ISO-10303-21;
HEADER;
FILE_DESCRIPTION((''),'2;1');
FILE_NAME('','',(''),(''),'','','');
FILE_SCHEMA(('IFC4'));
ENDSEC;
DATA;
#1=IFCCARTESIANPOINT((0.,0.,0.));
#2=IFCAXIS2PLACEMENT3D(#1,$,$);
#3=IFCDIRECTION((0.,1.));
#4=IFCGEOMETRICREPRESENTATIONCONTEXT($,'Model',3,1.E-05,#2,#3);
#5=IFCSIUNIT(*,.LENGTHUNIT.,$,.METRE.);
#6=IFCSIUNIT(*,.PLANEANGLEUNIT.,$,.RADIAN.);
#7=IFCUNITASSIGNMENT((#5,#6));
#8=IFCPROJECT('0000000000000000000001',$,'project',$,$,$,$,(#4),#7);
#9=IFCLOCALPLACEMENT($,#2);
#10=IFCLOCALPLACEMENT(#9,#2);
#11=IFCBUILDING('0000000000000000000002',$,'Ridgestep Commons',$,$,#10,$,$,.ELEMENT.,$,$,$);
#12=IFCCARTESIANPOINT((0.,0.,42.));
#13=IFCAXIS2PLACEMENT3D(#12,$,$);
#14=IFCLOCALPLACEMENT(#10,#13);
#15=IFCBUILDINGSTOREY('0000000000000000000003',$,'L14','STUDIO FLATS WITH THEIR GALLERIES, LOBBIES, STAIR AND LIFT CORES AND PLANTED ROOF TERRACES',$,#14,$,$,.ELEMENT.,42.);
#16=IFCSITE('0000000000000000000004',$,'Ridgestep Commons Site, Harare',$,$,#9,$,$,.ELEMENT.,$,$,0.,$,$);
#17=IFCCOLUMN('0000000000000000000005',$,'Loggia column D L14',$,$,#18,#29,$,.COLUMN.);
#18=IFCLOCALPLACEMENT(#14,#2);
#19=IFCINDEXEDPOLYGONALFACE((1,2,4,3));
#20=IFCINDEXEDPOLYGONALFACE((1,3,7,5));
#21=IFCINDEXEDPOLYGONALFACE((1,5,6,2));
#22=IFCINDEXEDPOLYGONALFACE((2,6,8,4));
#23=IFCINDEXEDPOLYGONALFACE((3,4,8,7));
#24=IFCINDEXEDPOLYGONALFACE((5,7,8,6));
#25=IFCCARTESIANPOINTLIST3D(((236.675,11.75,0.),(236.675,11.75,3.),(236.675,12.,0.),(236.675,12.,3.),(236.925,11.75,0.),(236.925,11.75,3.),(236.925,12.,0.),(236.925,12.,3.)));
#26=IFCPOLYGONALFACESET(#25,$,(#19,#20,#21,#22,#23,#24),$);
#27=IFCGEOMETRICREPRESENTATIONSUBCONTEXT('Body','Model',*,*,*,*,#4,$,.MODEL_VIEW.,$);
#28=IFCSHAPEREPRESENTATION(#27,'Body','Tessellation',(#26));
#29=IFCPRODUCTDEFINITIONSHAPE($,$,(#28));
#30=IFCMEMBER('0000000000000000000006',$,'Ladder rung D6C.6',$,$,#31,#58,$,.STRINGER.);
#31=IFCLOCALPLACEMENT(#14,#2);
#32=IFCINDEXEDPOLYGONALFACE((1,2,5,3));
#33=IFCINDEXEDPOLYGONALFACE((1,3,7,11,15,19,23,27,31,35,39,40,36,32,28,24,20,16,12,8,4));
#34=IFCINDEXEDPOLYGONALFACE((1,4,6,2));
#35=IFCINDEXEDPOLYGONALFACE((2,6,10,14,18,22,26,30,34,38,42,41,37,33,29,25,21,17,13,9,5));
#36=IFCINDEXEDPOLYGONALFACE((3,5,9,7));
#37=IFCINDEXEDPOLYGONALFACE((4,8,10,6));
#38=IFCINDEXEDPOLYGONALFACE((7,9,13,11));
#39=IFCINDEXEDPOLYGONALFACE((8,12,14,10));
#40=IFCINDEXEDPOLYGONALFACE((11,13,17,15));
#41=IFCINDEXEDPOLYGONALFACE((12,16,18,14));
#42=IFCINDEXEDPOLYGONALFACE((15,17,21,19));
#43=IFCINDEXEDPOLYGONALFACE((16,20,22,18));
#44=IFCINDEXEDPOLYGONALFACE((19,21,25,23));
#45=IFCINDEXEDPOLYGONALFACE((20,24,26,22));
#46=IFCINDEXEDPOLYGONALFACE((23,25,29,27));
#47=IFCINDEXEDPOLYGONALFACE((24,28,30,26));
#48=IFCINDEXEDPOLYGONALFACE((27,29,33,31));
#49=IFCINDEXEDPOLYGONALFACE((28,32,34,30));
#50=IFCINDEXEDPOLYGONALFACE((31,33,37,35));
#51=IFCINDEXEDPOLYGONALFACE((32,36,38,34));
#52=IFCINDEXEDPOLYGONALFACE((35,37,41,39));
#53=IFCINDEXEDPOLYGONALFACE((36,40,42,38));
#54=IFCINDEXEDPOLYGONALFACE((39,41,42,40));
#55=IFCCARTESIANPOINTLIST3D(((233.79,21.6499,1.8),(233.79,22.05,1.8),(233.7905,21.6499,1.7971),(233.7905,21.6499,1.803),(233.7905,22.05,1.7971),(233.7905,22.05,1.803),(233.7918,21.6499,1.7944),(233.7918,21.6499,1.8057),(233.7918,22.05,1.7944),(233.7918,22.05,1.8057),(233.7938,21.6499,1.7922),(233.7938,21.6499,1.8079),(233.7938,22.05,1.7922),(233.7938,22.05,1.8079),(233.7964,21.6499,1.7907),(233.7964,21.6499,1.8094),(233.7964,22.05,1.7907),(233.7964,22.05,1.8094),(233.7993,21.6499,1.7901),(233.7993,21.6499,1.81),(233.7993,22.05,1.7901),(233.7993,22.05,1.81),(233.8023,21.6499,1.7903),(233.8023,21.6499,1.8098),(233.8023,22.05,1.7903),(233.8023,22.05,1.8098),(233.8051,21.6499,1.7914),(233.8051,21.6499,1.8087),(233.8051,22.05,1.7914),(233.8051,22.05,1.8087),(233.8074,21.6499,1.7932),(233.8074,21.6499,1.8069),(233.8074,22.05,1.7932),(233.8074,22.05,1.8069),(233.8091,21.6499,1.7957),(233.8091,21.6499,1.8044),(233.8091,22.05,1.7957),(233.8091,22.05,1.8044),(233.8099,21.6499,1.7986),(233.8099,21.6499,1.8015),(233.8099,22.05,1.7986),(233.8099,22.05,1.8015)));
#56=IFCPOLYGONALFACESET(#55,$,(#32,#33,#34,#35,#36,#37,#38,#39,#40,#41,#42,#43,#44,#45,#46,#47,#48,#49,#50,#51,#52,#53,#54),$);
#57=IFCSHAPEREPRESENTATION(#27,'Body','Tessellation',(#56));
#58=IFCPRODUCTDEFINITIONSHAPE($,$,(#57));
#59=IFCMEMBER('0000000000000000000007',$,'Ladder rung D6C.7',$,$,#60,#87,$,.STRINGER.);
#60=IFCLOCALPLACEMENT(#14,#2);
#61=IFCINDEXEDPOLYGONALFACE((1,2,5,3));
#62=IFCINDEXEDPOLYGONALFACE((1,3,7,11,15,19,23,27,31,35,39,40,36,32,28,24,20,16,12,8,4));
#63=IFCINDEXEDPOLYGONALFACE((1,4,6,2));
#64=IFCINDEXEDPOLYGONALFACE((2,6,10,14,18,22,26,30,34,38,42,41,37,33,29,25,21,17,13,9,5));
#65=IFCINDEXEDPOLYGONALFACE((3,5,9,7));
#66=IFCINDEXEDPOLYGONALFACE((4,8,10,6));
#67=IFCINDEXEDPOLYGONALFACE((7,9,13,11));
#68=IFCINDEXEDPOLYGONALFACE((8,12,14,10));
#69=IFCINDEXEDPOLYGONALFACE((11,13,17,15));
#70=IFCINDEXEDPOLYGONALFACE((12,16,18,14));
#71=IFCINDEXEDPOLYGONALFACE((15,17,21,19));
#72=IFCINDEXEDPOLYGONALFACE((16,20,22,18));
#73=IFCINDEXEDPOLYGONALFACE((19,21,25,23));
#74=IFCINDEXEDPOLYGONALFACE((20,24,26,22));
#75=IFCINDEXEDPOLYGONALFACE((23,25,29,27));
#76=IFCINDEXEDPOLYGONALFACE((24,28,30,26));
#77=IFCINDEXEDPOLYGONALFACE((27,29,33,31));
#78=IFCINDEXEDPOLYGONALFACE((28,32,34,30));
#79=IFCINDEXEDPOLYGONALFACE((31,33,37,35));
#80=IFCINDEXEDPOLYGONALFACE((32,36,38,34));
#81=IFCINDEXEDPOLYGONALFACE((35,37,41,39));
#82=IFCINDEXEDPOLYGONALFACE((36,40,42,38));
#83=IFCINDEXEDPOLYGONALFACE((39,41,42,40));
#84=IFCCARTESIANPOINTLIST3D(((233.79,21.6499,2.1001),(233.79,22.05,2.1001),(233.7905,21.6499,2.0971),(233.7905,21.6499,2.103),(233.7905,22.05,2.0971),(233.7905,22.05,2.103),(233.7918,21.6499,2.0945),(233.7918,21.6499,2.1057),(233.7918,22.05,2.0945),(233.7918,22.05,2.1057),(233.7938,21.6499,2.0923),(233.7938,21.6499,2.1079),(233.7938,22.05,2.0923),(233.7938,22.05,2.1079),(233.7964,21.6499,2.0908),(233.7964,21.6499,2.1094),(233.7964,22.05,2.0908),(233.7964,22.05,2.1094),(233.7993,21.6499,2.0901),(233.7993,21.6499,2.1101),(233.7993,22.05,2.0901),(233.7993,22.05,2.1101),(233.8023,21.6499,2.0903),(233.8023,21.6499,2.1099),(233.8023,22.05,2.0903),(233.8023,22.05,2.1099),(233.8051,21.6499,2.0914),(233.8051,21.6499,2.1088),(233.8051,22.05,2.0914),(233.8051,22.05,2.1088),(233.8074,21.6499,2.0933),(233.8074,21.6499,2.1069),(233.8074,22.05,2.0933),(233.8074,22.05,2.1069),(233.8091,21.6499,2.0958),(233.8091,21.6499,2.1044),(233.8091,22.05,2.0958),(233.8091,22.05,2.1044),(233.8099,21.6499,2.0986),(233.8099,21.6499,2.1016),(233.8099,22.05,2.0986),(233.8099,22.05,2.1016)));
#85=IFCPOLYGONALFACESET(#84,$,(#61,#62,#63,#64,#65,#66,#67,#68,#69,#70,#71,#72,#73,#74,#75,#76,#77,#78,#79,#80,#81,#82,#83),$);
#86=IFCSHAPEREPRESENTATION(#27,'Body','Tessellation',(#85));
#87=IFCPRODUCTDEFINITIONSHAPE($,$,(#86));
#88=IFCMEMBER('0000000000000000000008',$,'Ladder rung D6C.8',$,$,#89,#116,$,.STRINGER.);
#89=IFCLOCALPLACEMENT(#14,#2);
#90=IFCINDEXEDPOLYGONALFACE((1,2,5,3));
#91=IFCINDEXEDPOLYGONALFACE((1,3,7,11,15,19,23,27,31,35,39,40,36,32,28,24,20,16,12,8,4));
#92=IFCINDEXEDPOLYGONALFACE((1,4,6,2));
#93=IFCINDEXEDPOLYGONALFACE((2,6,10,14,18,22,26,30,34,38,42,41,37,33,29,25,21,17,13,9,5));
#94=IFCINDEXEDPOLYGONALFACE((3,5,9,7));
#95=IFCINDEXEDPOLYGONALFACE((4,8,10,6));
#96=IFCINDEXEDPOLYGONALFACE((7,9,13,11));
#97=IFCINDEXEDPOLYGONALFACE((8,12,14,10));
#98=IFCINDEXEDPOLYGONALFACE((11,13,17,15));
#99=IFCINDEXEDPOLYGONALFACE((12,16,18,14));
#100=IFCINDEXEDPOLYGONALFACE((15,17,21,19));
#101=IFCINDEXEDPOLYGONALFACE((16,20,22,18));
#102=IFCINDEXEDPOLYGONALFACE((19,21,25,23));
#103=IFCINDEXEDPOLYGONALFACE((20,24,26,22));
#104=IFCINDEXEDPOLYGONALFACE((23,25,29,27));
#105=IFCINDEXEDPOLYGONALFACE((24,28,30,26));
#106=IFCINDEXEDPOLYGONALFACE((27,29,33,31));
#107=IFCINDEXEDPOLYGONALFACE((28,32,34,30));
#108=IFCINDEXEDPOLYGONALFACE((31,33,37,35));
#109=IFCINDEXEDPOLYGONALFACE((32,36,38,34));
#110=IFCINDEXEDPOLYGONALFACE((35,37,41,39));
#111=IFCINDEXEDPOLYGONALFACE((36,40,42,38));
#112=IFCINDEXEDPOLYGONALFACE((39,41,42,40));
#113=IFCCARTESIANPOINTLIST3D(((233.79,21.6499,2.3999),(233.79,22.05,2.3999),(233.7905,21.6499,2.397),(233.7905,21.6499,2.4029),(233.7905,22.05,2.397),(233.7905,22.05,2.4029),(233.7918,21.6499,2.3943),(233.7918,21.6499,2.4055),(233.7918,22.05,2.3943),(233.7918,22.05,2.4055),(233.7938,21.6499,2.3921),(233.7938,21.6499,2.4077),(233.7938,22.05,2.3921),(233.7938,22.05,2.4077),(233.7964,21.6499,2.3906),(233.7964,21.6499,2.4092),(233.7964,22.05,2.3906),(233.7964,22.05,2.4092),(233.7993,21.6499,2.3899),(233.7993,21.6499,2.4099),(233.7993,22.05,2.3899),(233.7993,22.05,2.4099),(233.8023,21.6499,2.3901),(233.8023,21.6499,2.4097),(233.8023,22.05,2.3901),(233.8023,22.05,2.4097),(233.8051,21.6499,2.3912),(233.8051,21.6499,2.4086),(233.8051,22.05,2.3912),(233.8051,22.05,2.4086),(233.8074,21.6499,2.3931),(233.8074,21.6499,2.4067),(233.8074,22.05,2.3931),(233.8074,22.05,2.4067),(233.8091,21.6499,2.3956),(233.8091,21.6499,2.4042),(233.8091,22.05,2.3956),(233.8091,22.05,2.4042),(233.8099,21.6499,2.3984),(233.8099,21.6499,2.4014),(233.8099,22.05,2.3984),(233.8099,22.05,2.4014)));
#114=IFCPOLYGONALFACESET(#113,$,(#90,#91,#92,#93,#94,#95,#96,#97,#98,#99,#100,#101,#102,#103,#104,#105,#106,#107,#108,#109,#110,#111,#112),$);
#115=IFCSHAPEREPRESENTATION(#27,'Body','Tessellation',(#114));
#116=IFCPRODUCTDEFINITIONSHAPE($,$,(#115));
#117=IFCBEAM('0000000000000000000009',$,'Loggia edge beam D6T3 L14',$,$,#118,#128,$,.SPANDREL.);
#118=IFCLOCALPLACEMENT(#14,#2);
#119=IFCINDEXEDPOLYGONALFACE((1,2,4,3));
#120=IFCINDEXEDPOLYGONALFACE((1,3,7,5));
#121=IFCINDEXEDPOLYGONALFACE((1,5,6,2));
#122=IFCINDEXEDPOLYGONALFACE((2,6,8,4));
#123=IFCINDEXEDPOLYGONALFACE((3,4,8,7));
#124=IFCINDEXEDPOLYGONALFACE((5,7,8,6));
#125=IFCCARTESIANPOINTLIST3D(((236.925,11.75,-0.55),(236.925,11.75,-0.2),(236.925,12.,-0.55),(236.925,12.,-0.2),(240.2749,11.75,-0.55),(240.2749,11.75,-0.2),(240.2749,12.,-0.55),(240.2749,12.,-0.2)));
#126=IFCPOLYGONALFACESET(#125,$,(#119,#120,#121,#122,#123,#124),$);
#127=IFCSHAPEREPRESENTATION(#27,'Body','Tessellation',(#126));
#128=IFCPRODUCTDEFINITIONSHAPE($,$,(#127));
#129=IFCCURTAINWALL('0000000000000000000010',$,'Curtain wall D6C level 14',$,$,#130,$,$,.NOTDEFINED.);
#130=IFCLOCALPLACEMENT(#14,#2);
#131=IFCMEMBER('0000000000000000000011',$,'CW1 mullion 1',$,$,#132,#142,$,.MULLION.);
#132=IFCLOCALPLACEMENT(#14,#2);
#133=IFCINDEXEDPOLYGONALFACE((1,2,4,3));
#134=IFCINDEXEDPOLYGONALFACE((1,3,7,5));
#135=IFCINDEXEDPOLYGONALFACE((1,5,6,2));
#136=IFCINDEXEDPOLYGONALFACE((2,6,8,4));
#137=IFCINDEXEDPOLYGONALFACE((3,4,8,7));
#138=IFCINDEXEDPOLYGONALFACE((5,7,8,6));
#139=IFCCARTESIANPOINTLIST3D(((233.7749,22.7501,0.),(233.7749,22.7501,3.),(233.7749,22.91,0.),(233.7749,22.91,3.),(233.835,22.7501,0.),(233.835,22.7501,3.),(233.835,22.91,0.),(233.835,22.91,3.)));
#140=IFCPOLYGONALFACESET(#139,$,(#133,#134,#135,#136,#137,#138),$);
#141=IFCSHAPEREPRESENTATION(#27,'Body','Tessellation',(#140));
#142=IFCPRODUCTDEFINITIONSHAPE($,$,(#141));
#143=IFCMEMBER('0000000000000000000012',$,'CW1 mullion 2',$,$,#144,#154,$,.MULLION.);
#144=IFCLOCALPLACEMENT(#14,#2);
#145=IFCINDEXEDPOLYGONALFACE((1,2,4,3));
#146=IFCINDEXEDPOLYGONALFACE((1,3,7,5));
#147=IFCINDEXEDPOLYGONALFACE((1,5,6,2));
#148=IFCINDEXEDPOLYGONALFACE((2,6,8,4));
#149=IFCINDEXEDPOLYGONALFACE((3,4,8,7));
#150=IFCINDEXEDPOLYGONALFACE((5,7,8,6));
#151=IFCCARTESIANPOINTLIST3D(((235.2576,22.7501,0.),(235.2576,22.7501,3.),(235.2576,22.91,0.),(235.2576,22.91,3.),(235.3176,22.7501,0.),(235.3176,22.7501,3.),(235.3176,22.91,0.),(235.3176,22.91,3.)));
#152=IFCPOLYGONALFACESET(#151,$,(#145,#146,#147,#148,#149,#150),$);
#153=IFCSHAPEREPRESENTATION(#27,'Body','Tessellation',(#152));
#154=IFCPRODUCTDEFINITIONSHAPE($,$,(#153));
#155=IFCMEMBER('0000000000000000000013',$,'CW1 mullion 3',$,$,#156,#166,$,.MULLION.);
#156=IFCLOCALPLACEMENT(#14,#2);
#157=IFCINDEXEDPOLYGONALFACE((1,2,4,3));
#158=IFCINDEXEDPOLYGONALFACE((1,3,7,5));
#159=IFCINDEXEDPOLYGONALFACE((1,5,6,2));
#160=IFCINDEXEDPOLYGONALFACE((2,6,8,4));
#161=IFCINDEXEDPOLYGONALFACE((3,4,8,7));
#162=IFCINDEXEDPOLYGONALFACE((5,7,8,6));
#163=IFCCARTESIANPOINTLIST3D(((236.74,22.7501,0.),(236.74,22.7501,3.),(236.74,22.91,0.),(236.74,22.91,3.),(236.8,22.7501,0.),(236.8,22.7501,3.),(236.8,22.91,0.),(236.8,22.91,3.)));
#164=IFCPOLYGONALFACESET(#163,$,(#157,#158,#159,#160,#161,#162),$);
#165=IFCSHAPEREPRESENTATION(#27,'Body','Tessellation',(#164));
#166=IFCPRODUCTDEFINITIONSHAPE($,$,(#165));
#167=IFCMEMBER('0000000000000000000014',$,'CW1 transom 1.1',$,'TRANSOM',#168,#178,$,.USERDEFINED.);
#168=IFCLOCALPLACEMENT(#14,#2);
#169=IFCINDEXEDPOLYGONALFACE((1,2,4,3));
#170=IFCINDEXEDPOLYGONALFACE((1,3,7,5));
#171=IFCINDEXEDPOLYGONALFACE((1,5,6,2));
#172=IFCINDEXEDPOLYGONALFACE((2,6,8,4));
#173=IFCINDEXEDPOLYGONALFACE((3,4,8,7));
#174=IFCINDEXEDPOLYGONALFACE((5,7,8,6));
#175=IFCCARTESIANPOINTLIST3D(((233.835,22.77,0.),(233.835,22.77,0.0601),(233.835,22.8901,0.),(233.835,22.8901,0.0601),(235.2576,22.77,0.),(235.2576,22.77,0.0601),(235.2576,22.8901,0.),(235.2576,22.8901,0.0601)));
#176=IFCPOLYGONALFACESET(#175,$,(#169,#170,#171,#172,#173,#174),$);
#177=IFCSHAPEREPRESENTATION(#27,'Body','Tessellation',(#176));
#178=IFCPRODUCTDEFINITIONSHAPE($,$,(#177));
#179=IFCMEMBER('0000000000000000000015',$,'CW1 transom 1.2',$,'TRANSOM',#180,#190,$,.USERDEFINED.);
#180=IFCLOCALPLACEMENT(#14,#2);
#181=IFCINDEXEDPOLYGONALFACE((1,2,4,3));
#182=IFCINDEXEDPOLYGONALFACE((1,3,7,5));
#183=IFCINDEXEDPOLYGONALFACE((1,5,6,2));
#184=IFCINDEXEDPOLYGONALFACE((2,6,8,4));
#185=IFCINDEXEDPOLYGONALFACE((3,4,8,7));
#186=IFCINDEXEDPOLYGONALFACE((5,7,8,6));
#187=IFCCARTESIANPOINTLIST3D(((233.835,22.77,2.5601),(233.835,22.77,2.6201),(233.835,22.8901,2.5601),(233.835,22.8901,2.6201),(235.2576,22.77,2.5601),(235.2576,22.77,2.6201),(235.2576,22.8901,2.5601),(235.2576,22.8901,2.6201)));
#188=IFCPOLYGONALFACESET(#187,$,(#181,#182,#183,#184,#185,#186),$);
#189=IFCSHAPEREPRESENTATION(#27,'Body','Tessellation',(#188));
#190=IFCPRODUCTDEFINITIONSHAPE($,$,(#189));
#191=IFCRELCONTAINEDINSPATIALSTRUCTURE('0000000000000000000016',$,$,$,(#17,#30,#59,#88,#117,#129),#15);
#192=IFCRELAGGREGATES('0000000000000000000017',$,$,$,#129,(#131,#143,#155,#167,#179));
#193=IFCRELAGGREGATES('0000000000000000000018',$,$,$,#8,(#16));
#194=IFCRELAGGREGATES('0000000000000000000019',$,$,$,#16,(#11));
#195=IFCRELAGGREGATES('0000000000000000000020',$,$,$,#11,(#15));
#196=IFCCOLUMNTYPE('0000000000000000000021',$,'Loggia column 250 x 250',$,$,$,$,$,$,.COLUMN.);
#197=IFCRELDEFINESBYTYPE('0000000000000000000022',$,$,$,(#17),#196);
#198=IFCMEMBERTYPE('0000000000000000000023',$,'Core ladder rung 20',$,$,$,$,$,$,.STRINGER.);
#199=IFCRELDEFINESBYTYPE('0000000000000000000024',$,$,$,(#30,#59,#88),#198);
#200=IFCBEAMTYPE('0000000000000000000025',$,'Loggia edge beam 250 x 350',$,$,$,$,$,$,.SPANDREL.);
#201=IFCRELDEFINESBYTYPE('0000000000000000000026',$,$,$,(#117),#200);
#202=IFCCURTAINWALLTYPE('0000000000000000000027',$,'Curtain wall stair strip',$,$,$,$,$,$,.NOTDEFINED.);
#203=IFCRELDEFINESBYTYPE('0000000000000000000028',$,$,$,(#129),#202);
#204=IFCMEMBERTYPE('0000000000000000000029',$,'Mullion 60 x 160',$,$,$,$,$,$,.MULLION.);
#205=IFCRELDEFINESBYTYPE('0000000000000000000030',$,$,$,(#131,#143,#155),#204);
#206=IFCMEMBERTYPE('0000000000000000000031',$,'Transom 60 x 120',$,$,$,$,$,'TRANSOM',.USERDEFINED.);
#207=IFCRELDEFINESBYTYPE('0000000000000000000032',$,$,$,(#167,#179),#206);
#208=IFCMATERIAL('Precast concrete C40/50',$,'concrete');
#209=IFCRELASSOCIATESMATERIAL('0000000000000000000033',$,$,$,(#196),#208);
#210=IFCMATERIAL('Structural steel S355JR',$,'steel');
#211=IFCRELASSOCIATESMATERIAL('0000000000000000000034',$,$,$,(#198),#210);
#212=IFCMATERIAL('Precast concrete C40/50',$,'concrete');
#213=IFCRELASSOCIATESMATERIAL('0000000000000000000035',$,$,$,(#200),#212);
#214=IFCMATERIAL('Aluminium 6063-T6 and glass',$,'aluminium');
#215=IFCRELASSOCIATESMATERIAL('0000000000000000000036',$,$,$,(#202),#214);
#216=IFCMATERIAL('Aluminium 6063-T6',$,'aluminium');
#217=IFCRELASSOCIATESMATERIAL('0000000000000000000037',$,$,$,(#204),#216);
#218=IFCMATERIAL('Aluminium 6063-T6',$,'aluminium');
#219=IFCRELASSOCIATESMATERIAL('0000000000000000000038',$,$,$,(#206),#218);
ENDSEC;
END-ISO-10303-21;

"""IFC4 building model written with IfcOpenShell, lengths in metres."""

from ifc_helpers import new_model, si_unit, direction, frame, origin, origin_2d, place, context, subcontext, project, spatial, rectangle, circle, extrude, material, material_profile, profile_set, type_object, element, aggregate, save


model = new_model("IFC4")

# Units and contexts
model_context = context("Model", 3, precision=1e-05, world=origin(), true_north=direction((0.0, 1.0)))
body_context = subcontext(model_context, "Body", "Model", "MODEL_VIEW")
ifc_project = project(units=[si_unit("LENGTHUNIT", "METRE"), si_unit("PLANEANGLEUNIT", "RADIAN")], contexts=[model_context])

# Site, building, storey
site_placement = place(None, origin())
site = spatial("IfcSite", under=ifc_project, at=site_placement, Name="Ridgestep Commons Site, Harare", CompositionType="ELEMENT", RefElevation=0.0)
building_placement = place(site_placement, origin())
building = spatial("IfcBuilding", under=site, at=building_placement, Name="Ridgestep Commons", CompositionType="ELEMENT")
storey_placement = place(building_placement, frame((0.0, 0.0, 42.0)))
storey = spatial("IfcBuildingStorey", under=building, at=storey_placement, Name="L14", Description="STUDIO FLATS WITH THEIR GALLERIES, LOBBIES, STAIR AND LIFT CORES AND PLANTED ROOF TERRACES", CompositionType="ELEMENT", Elevation=42.0)

# Column
ifc_material_1 = material(Name="Precast concrete C40/50", Category="concrete")
ifc_material_profile_1 = material_profile(ifc_material_1, rectangle(XDim=0.25, YDim=0.25, at=origin_2d()), Name="PC 250x250")
ifc_profile_set_1 = profile_set([ifc_material_profile_1], Name="Precast concrete C40/50")
column_type = type_object("IfcColumnType", Name="Loggia column 250 x 250", PredefinedType="COLUMN", material=ifc_profile_set_1)
column_placement = place(storey_placement, frame((236.8, 11.875, 0.0), z_axis=(0.0, 0.0, 1.0), x_axis=(1.0, 0.0, 0.0)))
element("IfcColumn", 1, at=column_placement, inside=storey, type_object=column_type, Name="Loggia column D L14", PredefinedType="COLUMN", context=body_context, shape_type="SweptSolid", body=[
    extrude(rectangle(XDim=0.25, YDim=0.25, at=origin_2d()), origin(), (0.0, 0.0, 1.0), 3.0),
])

# Members
ifc_material_2 = material(Name="Structural steel S355JR", Category="steel")
ifc_material_profile_2 = material_profile(ifc_material_2, circle(Radius=0.01, at=origin_2d()), Name="Round bar 20")
ifc_profile_set_2 = profile_set([ifc_material_profile_2], Name="Structural steel S355JR")
member_type_1 = type_object("IfcMemberType", Name="Core ladder rung 20", PredefinedType="STRINGER", material=ifc_profile_set_2)
for number, where, z_axis, x_axis, name in (
    (2, (233.8, 21.6499, 1.8), (0.0, 1.0, 0.0), (-1.0, 0.0, 0.0), "Ladder rung D6C.6"),
    (3, (233.8, 21.6499, 2.1001), (0.0, 1.0, 0.0), (-1.0, 0.0, 0.0), "Ladder rung D6C.7"),
    (4, (233.8, 21.6499, 2.3999), (0.0, 1.0, 0.0), (-1.0, 0.0, 0.0), "Ladder rung D6C.8"),
):
    element("IfcMember", number, at=place(storey_placement, frame(where, z_axis=z_axis, x_axis=x_axis)), inside=storey, type_object=member_type_1, Name=name, PredefinedType="STRINGER", context=body_context, shape_type="SweptSolid", body=[
        extrude(circle(Radius=0.01, at=origin_2d()), origin(), (0.0, 0.0, 1.0), 0.4001),
    ])

# Beam
ifc_material_3 = material(Name="Precast concrete C40/50", Category="concrete")
ifc_material_profile_3 = material_profile(ifc_material_3, rectangle(XDim=0.25, YDim=0.3501, at=origin_2d()), Name="PC 250x350")
ifc_profile_set_3 = profile_set([ifc_material_profile_3], Name="Precast concrete C40/50")
beam_type = type_object("IfcBeamType", Name="Loggia edge beam 250 x 350", PredefinedType="SPANDREL", material=ifc_profile_set_3)
beam_placement = place(storey_placement, frame((236.925, 11.875, -0.375), z_axis=(1.0, 0.0, 0.0), x_axis=(0.0, 1.0, 0.0)))
element("IfcBeam", 5, at=beam_placement, inside=storey, type_object=beam_type, Name="Loggia edge beam D6T3 L14", PredefinedType="SPANDREL", context=body_context, shape_type="SweptSolid", body=[
    extrude(rectangle(XDim=0.25, YDim=0.3501, at=origin_2d()), origin(), (0.0, 0.0, 1.0), 3.3499),
])

# Curtain wall, members
ifc_material_4 = material(Name="Aluminium 6063-T6 and glass", Category="aluminium")
curtain_wall_type = type_object("IfcCurtainWallType", Name="Curtain wall stair strip", PredefinedType="NOTDEFINED", material=ifc_material_4)
curtain_wall_placement = place(storey_placement, origin())
curtain_wall = element("IfcCurtainWall", 6, at=curtain_wall_placement, inside=storey, type_object=curtain_wall_type, Name="Curtain wall D6C level 14", PredefinedType="NOTDEFINED")
ifc_material_5 = material(Name="Aluminium 6063-T6", Category="aluminium")
ifc_material_profile_4 = material_profile(ifc_material_5, rectangle(XDim=0.1599, YDim=0.0601, at=origin_2d()), Name="Mullion 60 x 160")
ifc_profile_set_4 = profile_set([ifc_material_profile_4], Name="Aluminium 6063-T6")
member_type_2 = type_object("IfcMemberType", Name="Mullion 60 x 160", PredefinedType="MULLION", material=ifc_profile_set_4)
member_1_placement = place(storey_placement, frame((233.8049, 22.8301, 0.0), z_axis=(0.0, 0.0, 1.0), x_axis=(0.0, 1.0, 0.0)))
member_1 = element("IfcMember", 7, at=member_1_placement, type_object=member_type_2, Name="CW1 mullion 1", PredefinedType="MULLION", context=body_context, shape_type="SweptSolid", body=[
    extrude(rectangle(XDim=0.1599, YDim=0.0601, at=origin_2d()), origin(), (0.0, 0.0, 1.0), 3.0),
])
member_2_placement = place(storey_placement, frame((235.2876, 22.8301, 0.0), z_axis=(0.0, 0.0, 1.0), x_axis=(0.0, 1.0, 0.0)))
member_2 = element("IfcMember", 8, at=member_2_placement, type_object=member_type_2, Name="CW1 mullion 2", PredefinedType="MULLION", context=body_context, shape_type="SweptSolid", body=[
    extrude(rectangle(XDim=0.1599, YDim=0.0601, at=origin_2d()), origin(), (0.0, 0.0, 1.0), 3.0),
])
member_3_placement = place(storey_placement, frame((236.77, 22.8301, 0.0), z_axis=(0.0, 0.0, 1.0), x_axis=(0.0, 1.0, 0.0)))
member_3 = element("IfcMember", 9, at=member_3_placement, type_object=member_type_2, Name="CW1 mullion 3", PredefinedType="MULLION", context=body_context, shape_type="SweptSolid", body=[
    extrude(rectangle(XDim=0.1599, YDim=0.0601, at=origin_2d()), origin(), (0.0, 0.0, 1.0), 3.0),
])
ifc_material_6 = material(Name="Aluminium 6063-T6", Category="aluminium")
ifc_material_profile_5 = material_profile(ifc_material_6, rectangle(XDim=0.1201, YDim=0.0601, at=origin_2d()), Name="Transom 60 x 120")
ifc_profile_set_5 = profile_set([ifc_material_profile_5], Name="Aluminium 6063-T6")
member_type_3 = type_object("IfcMemberType", Name="Transom 60 x 120", ElementType="TRANSOM", PredefinedType="USERDEFINED", material=ifc_profile_set_5)
member_4_placement = place(storey_placement, frame((233.835, 22.8301, 0.03), z_axis=(1.0, 0.0, 0.0), x_axis=(0.0, 1.0, 0.0)))
member_4 = element("IfcMember", 10, at=member_4_placement, type_object=member_type_3, Name="CW1 transom 1.1", ObjectType="TRANSOM", PredefinedType="USERDEFINED", context=body_context, shape_type="SweptSolid", body=[
    extrude(rectangle(XDim=0.1201, YDim=0.0601, at=origin_2d()), origin(), (0.0, 0.0, 1.0), 1.4226),
])
member_5_placement = place(storey_placement, frame((233.835, 22.8301, 2.5901), z_axis=(1.0, 0.0, 0.0), x_axis=(0.0, 1.0, 0.0)))
member_5 = element("IfcMember", 11, at=member_5_placement, type_object=member_type_3, Name="CW1 transom 1.2", ObjectType="TRANSOM", PredefinedType="USERDEFINED", context=body_context, shape_type="SweptSolid", body=[
    extrude(rectangle(XDim=0.1201, YDim=0.0601, at=origin_2d()), origin(), (0.0, 0.0, 1.0), 1.4226),
])
aggregate(curtain_wall, [member_1, member_2, member_3, member_4, member_5])

save(model, "model.ifc")
